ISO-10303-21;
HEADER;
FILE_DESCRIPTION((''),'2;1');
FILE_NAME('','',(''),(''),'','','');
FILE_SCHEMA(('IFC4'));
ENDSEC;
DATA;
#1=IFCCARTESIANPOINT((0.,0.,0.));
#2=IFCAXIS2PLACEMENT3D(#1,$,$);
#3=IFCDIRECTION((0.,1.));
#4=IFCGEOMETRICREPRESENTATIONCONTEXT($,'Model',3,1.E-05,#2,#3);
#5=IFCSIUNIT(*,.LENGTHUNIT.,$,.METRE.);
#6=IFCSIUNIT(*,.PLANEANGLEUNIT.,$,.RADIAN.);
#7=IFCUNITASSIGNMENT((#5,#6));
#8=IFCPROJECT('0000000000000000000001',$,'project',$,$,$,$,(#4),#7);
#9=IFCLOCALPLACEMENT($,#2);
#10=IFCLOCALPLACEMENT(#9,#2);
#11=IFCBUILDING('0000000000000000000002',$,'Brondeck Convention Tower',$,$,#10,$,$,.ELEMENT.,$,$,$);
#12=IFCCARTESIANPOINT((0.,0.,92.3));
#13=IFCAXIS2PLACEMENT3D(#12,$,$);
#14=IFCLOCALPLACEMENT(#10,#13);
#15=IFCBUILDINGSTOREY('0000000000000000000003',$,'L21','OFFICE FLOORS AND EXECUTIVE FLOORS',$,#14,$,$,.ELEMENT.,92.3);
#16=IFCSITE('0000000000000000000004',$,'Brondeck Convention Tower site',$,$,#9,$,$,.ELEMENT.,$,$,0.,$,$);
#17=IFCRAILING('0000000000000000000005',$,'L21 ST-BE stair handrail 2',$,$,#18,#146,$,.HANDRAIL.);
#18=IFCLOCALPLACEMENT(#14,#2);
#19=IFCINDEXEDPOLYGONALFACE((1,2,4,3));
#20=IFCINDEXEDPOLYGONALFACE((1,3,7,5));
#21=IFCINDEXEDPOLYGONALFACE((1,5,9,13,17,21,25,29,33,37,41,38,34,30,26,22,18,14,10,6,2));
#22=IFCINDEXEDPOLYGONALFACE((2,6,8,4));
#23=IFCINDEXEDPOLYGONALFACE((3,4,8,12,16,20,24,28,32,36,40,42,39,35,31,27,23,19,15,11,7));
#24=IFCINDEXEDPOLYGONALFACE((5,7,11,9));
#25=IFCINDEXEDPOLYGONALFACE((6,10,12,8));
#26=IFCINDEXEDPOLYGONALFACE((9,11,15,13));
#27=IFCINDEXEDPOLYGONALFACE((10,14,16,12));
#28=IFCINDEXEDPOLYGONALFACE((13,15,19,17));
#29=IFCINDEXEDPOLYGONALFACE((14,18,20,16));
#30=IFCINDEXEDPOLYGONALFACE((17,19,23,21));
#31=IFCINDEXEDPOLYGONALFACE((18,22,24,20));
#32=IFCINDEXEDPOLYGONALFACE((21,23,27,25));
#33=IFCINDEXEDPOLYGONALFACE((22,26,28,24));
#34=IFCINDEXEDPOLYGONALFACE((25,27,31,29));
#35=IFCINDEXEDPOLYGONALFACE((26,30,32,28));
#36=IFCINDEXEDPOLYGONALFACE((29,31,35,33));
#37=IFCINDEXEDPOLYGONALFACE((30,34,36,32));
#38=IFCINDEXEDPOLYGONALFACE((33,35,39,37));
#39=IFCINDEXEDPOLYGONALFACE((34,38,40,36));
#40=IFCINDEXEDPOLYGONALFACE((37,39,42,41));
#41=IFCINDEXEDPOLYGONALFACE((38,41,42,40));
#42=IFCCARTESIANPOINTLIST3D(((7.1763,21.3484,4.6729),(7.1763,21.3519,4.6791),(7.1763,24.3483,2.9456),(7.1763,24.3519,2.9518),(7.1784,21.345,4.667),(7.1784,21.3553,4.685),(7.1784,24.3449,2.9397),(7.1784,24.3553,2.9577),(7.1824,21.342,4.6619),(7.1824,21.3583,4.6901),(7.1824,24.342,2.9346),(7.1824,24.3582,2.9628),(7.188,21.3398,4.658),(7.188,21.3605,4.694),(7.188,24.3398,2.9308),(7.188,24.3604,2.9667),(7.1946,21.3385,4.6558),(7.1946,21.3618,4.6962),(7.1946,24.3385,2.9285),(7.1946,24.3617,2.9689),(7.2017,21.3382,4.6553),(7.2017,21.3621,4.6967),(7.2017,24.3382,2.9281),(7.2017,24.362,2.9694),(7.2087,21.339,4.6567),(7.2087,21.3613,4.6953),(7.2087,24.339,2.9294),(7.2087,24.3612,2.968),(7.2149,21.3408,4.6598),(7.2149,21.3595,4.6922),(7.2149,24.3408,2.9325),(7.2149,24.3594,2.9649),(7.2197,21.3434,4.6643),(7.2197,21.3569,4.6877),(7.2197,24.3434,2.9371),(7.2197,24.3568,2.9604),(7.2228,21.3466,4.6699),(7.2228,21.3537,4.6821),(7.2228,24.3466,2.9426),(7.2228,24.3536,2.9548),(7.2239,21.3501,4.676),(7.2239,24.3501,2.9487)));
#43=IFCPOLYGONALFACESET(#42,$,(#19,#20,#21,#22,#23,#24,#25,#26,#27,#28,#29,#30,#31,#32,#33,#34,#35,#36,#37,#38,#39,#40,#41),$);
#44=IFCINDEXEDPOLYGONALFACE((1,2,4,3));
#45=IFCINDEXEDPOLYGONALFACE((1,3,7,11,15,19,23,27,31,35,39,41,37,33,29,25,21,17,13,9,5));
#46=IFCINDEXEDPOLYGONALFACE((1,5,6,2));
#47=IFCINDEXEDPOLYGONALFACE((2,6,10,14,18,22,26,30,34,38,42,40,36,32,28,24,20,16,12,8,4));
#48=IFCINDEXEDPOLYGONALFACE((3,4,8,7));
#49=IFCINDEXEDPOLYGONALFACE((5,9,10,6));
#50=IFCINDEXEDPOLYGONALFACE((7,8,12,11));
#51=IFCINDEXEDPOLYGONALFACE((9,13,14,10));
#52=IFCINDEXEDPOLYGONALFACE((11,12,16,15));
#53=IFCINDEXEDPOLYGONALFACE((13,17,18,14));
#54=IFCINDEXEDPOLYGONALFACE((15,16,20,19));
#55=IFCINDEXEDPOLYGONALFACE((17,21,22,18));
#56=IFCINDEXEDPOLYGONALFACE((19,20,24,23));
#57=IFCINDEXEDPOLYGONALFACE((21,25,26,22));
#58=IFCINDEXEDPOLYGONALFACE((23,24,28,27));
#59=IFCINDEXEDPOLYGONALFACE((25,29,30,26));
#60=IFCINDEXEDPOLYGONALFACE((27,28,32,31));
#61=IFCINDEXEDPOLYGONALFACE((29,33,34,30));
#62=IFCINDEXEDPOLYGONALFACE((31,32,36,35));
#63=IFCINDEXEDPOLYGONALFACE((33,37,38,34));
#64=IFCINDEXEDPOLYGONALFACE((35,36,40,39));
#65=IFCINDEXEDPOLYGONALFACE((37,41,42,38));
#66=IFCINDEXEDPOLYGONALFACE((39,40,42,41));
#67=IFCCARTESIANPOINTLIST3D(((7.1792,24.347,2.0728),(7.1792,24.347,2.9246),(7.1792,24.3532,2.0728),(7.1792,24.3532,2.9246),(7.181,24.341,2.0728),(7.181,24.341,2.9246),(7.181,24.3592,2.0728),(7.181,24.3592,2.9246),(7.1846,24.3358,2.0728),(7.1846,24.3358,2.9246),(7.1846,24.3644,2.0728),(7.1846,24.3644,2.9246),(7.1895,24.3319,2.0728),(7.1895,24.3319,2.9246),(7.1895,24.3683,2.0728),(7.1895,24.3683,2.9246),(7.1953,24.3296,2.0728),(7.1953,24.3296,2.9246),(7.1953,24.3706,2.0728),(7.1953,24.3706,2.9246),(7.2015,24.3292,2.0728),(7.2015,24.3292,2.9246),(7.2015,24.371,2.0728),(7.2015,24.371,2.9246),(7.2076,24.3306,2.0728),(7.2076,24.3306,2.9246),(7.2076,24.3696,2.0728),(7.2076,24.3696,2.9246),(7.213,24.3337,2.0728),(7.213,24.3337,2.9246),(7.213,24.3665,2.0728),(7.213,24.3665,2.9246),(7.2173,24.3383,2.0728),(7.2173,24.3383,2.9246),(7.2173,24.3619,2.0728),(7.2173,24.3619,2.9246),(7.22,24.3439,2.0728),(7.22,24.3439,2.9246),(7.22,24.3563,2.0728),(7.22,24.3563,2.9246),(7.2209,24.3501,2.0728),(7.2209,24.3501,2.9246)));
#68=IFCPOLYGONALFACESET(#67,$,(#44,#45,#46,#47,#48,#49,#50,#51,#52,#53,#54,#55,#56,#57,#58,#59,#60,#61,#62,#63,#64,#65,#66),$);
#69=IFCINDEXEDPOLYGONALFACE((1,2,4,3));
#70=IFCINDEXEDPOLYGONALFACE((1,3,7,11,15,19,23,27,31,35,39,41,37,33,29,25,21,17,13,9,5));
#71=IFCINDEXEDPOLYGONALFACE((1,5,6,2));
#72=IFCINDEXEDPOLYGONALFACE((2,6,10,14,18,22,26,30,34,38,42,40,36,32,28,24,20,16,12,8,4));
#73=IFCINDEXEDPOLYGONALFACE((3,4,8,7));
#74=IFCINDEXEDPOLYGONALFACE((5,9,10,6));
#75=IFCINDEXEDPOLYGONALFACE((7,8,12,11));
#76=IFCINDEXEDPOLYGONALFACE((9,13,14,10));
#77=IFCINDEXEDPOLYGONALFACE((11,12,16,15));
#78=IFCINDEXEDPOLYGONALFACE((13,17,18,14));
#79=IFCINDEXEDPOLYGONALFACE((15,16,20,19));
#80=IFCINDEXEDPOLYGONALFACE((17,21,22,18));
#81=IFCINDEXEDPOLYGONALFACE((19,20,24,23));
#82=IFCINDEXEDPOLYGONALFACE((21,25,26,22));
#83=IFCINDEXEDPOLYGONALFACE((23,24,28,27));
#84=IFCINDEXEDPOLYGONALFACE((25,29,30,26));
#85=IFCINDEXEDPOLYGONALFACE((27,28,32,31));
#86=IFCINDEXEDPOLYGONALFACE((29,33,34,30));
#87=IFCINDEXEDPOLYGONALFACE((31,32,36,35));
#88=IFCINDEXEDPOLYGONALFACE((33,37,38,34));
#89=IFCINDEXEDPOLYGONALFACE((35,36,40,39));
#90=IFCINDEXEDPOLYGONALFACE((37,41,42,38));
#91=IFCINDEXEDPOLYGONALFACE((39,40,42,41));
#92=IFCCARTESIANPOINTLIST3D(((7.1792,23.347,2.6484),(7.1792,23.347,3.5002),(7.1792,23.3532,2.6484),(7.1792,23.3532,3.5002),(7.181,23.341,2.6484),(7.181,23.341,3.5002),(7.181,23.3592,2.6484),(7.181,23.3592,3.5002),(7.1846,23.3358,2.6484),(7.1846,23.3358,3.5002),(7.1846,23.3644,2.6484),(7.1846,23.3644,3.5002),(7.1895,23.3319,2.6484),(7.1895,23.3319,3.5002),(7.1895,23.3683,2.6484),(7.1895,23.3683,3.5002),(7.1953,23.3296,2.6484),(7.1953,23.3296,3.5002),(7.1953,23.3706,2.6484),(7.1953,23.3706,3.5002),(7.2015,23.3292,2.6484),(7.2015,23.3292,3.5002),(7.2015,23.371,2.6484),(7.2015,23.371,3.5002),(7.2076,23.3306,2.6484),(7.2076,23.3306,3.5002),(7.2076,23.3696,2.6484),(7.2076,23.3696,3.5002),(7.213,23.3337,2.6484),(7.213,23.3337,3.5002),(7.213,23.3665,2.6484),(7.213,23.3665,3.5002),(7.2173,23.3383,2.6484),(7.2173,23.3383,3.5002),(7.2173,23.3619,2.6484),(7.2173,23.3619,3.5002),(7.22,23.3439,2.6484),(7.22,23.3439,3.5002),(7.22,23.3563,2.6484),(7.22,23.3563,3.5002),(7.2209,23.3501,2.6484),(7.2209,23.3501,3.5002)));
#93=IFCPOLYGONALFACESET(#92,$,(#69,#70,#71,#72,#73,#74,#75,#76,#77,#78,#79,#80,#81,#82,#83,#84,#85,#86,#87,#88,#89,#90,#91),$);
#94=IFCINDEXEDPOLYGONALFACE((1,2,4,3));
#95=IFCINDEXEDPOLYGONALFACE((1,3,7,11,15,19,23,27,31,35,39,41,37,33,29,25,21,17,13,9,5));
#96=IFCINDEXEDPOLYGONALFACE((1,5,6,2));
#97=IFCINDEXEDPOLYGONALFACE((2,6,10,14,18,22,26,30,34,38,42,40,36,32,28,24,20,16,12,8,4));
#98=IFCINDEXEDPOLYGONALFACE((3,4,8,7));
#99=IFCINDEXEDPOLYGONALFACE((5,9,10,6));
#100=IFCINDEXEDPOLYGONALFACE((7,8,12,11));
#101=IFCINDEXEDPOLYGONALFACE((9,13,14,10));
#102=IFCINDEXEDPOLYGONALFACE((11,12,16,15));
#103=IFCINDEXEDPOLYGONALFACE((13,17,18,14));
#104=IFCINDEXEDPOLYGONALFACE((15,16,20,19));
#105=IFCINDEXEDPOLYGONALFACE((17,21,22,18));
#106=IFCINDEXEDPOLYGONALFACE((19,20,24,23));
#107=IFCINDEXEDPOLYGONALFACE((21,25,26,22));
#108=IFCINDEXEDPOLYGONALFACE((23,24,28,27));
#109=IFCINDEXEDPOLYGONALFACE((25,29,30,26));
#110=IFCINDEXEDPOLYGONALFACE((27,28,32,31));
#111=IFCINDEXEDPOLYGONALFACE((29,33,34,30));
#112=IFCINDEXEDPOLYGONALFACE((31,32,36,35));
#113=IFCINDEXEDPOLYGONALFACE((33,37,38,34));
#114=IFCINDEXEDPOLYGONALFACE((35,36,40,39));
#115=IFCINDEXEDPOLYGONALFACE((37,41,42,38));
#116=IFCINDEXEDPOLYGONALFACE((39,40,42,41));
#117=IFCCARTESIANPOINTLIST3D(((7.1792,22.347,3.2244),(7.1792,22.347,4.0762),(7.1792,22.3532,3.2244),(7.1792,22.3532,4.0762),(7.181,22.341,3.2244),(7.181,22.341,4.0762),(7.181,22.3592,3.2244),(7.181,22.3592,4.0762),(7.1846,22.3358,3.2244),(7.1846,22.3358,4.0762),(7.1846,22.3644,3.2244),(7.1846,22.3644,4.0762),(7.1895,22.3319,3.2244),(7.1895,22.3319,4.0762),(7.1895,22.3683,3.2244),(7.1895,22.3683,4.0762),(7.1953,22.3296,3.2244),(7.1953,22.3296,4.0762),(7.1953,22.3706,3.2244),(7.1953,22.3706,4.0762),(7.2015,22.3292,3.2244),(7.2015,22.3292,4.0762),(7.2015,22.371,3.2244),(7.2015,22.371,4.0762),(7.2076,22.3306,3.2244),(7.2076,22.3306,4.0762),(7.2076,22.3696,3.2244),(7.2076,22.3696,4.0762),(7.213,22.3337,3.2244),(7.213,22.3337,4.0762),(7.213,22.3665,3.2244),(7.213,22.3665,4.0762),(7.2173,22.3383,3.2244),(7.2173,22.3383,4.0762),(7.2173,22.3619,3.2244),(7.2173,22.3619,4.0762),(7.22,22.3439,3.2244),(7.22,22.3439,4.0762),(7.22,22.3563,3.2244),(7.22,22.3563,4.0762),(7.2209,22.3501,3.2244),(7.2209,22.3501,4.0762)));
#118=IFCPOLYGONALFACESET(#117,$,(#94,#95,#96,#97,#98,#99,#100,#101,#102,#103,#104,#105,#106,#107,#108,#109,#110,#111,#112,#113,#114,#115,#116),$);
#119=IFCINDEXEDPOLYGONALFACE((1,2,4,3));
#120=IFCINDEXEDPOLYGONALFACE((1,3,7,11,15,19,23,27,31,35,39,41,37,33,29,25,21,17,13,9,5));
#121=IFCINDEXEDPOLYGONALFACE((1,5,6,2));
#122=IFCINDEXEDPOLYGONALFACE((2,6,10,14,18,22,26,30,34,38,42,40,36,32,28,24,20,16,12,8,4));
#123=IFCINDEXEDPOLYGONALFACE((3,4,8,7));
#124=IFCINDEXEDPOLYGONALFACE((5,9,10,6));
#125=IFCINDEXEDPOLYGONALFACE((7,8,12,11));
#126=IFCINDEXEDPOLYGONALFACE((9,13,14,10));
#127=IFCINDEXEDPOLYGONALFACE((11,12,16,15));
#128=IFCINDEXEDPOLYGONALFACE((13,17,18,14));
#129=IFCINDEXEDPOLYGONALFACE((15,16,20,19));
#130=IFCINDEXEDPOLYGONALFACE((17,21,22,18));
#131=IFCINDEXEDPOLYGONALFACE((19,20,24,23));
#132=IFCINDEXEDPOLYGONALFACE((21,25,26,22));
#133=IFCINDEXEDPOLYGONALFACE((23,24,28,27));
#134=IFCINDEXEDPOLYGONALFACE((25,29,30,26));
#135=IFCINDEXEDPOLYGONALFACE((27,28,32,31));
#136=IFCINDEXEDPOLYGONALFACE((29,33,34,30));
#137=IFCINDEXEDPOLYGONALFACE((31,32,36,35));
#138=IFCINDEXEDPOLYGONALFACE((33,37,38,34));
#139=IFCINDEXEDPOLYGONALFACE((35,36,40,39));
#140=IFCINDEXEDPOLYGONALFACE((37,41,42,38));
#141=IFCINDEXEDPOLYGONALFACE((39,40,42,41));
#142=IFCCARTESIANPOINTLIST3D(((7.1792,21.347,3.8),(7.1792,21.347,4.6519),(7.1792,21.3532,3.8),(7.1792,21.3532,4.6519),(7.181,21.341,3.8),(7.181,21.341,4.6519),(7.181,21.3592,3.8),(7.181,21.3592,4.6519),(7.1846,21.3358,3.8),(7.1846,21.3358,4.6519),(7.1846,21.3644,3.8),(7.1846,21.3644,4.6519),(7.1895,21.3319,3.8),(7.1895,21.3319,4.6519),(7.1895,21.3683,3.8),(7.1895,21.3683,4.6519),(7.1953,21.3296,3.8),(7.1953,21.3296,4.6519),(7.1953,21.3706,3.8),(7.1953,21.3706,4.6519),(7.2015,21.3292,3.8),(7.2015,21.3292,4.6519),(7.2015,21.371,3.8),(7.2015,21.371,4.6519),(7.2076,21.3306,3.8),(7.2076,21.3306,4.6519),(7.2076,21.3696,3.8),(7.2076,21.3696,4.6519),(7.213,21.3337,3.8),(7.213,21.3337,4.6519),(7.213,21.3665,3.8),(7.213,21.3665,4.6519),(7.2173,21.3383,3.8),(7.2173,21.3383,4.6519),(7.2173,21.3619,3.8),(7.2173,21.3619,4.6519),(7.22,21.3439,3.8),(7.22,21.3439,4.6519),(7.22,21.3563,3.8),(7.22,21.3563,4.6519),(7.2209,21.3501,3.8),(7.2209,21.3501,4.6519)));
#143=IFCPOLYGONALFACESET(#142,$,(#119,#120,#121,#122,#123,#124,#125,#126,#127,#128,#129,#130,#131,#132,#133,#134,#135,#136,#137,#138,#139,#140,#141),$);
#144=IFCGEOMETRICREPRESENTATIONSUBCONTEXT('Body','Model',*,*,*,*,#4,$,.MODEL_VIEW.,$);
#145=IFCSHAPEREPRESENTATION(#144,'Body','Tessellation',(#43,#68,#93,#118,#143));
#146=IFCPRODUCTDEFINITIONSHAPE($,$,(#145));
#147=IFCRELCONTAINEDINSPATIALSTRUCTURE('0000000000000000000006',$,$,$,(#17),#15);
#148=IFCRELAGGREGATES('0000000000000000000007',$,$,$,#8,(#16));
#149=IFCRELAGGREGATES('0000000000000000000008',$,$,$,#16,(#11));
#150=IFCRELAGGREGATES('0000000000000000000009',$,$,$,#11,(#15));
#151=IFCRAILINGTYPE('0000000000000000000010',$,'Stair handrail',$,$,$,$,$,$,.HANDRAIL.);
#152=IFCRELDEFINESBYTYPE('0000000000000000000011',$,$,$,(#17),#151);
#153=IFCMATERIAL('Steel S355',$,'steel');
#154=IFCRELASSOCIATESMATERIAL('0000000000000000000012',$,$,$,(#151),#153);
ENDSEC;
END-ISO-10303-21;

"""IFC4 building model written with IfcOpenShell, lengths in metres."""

from ifc_helpers import new_model, si_unit, direction, frame, origin, origin_2d, place, context, subcontext, project, spatial, circle, extrude, material, type_object, element, save


model = new_model("IFC4")

# Units and contexts
model_context = context("Model", 3, precision=1e-05, world=origin(), true_north=direction((0.0, 1.0)))
body_context = subcontext(model_context, "Body", "Model", "MODEL_VIEW")
ifc_project = project(units=[si_unit("LENGTHUNIT", "METRE"), si_unit("PLANEANGLEUNIT", "RADIAN")], contexts=[model_context])

# Site, building, storey
site_placement = place(None, origin())
site = spatial("IfcSite", under=ifc_project, at=site_placement, Name="Brondeck Convention Tower site", CompositionType="ELEMENT", RefElevation=0.0)
building_placement = place(site_placement, origin())
building = spatial("IfcBuilding", under=site, at=building_placement, Name="Brondeck Convention Tower", CompositionType="ELEMENT")
storey_placement = place(building_placement, frame((0.0, 0.0, 92.3)))
storey = spatial("IfcBuildingStorey", under=building, at=storey_placement, Name="L21", Description="OFFICE FLOORS AND EXECUTIVE FLOORS", CompositionType="ELEMENT", Elevation=92.3)

# Shared definitions
ifc_material_1 = material(Name="Steel S355", Category="steel")

# Railing
railing_type_1 = type_object("IfcRailingType", Name="Stair handrail", PredefinedType="HANDRAIL", material=ifc_material_1)
railing_1_placement = place(storey_placement, frame((7.2, 24.3501, 2.0728)))
element("IfcRailing", 1, at=railing_1_placement, inside=storey, type_object=railing_type_1, Name="L21 ST-BE stair handrail 2", PredefinedType="HANDRAIL", context=body_context, shape_type="SweptSolid", body=[
    extrude(circle(Radius=0.0239, at=origin_2d()), frame((0.0, 0.0, 0.876), z_axis=(0.0, -0.86662, 0.498969), x_axis=(1.0, 0.0, 0.0)), (0.0, 0.0, 1.0), 3.4617),
    extrude(circle(Radius=0.021, at=origin_2d()), origin(), (0.0, 0.0, 1.0), 0.8518),
    extrude(circle(Radius=0.021, at=origin_2d()), frame((0.0, -1.0, 0.5757)), (0.0, 0.0, 1.0), 0.8518),
    extrude(circle(Radius=0.021, at=origin_2d()), frame((0.0, -2.0, 1.1516)), (0.0, 0.0, 1.0), 0.8518),
    extrude(circle(Radius=0.021, at=origin_2d()), frame((0.0, -3.0, 1.7273)), (0.0, 0.0, 1.0), 0.8518),
])

save(model, "model.ifc")
